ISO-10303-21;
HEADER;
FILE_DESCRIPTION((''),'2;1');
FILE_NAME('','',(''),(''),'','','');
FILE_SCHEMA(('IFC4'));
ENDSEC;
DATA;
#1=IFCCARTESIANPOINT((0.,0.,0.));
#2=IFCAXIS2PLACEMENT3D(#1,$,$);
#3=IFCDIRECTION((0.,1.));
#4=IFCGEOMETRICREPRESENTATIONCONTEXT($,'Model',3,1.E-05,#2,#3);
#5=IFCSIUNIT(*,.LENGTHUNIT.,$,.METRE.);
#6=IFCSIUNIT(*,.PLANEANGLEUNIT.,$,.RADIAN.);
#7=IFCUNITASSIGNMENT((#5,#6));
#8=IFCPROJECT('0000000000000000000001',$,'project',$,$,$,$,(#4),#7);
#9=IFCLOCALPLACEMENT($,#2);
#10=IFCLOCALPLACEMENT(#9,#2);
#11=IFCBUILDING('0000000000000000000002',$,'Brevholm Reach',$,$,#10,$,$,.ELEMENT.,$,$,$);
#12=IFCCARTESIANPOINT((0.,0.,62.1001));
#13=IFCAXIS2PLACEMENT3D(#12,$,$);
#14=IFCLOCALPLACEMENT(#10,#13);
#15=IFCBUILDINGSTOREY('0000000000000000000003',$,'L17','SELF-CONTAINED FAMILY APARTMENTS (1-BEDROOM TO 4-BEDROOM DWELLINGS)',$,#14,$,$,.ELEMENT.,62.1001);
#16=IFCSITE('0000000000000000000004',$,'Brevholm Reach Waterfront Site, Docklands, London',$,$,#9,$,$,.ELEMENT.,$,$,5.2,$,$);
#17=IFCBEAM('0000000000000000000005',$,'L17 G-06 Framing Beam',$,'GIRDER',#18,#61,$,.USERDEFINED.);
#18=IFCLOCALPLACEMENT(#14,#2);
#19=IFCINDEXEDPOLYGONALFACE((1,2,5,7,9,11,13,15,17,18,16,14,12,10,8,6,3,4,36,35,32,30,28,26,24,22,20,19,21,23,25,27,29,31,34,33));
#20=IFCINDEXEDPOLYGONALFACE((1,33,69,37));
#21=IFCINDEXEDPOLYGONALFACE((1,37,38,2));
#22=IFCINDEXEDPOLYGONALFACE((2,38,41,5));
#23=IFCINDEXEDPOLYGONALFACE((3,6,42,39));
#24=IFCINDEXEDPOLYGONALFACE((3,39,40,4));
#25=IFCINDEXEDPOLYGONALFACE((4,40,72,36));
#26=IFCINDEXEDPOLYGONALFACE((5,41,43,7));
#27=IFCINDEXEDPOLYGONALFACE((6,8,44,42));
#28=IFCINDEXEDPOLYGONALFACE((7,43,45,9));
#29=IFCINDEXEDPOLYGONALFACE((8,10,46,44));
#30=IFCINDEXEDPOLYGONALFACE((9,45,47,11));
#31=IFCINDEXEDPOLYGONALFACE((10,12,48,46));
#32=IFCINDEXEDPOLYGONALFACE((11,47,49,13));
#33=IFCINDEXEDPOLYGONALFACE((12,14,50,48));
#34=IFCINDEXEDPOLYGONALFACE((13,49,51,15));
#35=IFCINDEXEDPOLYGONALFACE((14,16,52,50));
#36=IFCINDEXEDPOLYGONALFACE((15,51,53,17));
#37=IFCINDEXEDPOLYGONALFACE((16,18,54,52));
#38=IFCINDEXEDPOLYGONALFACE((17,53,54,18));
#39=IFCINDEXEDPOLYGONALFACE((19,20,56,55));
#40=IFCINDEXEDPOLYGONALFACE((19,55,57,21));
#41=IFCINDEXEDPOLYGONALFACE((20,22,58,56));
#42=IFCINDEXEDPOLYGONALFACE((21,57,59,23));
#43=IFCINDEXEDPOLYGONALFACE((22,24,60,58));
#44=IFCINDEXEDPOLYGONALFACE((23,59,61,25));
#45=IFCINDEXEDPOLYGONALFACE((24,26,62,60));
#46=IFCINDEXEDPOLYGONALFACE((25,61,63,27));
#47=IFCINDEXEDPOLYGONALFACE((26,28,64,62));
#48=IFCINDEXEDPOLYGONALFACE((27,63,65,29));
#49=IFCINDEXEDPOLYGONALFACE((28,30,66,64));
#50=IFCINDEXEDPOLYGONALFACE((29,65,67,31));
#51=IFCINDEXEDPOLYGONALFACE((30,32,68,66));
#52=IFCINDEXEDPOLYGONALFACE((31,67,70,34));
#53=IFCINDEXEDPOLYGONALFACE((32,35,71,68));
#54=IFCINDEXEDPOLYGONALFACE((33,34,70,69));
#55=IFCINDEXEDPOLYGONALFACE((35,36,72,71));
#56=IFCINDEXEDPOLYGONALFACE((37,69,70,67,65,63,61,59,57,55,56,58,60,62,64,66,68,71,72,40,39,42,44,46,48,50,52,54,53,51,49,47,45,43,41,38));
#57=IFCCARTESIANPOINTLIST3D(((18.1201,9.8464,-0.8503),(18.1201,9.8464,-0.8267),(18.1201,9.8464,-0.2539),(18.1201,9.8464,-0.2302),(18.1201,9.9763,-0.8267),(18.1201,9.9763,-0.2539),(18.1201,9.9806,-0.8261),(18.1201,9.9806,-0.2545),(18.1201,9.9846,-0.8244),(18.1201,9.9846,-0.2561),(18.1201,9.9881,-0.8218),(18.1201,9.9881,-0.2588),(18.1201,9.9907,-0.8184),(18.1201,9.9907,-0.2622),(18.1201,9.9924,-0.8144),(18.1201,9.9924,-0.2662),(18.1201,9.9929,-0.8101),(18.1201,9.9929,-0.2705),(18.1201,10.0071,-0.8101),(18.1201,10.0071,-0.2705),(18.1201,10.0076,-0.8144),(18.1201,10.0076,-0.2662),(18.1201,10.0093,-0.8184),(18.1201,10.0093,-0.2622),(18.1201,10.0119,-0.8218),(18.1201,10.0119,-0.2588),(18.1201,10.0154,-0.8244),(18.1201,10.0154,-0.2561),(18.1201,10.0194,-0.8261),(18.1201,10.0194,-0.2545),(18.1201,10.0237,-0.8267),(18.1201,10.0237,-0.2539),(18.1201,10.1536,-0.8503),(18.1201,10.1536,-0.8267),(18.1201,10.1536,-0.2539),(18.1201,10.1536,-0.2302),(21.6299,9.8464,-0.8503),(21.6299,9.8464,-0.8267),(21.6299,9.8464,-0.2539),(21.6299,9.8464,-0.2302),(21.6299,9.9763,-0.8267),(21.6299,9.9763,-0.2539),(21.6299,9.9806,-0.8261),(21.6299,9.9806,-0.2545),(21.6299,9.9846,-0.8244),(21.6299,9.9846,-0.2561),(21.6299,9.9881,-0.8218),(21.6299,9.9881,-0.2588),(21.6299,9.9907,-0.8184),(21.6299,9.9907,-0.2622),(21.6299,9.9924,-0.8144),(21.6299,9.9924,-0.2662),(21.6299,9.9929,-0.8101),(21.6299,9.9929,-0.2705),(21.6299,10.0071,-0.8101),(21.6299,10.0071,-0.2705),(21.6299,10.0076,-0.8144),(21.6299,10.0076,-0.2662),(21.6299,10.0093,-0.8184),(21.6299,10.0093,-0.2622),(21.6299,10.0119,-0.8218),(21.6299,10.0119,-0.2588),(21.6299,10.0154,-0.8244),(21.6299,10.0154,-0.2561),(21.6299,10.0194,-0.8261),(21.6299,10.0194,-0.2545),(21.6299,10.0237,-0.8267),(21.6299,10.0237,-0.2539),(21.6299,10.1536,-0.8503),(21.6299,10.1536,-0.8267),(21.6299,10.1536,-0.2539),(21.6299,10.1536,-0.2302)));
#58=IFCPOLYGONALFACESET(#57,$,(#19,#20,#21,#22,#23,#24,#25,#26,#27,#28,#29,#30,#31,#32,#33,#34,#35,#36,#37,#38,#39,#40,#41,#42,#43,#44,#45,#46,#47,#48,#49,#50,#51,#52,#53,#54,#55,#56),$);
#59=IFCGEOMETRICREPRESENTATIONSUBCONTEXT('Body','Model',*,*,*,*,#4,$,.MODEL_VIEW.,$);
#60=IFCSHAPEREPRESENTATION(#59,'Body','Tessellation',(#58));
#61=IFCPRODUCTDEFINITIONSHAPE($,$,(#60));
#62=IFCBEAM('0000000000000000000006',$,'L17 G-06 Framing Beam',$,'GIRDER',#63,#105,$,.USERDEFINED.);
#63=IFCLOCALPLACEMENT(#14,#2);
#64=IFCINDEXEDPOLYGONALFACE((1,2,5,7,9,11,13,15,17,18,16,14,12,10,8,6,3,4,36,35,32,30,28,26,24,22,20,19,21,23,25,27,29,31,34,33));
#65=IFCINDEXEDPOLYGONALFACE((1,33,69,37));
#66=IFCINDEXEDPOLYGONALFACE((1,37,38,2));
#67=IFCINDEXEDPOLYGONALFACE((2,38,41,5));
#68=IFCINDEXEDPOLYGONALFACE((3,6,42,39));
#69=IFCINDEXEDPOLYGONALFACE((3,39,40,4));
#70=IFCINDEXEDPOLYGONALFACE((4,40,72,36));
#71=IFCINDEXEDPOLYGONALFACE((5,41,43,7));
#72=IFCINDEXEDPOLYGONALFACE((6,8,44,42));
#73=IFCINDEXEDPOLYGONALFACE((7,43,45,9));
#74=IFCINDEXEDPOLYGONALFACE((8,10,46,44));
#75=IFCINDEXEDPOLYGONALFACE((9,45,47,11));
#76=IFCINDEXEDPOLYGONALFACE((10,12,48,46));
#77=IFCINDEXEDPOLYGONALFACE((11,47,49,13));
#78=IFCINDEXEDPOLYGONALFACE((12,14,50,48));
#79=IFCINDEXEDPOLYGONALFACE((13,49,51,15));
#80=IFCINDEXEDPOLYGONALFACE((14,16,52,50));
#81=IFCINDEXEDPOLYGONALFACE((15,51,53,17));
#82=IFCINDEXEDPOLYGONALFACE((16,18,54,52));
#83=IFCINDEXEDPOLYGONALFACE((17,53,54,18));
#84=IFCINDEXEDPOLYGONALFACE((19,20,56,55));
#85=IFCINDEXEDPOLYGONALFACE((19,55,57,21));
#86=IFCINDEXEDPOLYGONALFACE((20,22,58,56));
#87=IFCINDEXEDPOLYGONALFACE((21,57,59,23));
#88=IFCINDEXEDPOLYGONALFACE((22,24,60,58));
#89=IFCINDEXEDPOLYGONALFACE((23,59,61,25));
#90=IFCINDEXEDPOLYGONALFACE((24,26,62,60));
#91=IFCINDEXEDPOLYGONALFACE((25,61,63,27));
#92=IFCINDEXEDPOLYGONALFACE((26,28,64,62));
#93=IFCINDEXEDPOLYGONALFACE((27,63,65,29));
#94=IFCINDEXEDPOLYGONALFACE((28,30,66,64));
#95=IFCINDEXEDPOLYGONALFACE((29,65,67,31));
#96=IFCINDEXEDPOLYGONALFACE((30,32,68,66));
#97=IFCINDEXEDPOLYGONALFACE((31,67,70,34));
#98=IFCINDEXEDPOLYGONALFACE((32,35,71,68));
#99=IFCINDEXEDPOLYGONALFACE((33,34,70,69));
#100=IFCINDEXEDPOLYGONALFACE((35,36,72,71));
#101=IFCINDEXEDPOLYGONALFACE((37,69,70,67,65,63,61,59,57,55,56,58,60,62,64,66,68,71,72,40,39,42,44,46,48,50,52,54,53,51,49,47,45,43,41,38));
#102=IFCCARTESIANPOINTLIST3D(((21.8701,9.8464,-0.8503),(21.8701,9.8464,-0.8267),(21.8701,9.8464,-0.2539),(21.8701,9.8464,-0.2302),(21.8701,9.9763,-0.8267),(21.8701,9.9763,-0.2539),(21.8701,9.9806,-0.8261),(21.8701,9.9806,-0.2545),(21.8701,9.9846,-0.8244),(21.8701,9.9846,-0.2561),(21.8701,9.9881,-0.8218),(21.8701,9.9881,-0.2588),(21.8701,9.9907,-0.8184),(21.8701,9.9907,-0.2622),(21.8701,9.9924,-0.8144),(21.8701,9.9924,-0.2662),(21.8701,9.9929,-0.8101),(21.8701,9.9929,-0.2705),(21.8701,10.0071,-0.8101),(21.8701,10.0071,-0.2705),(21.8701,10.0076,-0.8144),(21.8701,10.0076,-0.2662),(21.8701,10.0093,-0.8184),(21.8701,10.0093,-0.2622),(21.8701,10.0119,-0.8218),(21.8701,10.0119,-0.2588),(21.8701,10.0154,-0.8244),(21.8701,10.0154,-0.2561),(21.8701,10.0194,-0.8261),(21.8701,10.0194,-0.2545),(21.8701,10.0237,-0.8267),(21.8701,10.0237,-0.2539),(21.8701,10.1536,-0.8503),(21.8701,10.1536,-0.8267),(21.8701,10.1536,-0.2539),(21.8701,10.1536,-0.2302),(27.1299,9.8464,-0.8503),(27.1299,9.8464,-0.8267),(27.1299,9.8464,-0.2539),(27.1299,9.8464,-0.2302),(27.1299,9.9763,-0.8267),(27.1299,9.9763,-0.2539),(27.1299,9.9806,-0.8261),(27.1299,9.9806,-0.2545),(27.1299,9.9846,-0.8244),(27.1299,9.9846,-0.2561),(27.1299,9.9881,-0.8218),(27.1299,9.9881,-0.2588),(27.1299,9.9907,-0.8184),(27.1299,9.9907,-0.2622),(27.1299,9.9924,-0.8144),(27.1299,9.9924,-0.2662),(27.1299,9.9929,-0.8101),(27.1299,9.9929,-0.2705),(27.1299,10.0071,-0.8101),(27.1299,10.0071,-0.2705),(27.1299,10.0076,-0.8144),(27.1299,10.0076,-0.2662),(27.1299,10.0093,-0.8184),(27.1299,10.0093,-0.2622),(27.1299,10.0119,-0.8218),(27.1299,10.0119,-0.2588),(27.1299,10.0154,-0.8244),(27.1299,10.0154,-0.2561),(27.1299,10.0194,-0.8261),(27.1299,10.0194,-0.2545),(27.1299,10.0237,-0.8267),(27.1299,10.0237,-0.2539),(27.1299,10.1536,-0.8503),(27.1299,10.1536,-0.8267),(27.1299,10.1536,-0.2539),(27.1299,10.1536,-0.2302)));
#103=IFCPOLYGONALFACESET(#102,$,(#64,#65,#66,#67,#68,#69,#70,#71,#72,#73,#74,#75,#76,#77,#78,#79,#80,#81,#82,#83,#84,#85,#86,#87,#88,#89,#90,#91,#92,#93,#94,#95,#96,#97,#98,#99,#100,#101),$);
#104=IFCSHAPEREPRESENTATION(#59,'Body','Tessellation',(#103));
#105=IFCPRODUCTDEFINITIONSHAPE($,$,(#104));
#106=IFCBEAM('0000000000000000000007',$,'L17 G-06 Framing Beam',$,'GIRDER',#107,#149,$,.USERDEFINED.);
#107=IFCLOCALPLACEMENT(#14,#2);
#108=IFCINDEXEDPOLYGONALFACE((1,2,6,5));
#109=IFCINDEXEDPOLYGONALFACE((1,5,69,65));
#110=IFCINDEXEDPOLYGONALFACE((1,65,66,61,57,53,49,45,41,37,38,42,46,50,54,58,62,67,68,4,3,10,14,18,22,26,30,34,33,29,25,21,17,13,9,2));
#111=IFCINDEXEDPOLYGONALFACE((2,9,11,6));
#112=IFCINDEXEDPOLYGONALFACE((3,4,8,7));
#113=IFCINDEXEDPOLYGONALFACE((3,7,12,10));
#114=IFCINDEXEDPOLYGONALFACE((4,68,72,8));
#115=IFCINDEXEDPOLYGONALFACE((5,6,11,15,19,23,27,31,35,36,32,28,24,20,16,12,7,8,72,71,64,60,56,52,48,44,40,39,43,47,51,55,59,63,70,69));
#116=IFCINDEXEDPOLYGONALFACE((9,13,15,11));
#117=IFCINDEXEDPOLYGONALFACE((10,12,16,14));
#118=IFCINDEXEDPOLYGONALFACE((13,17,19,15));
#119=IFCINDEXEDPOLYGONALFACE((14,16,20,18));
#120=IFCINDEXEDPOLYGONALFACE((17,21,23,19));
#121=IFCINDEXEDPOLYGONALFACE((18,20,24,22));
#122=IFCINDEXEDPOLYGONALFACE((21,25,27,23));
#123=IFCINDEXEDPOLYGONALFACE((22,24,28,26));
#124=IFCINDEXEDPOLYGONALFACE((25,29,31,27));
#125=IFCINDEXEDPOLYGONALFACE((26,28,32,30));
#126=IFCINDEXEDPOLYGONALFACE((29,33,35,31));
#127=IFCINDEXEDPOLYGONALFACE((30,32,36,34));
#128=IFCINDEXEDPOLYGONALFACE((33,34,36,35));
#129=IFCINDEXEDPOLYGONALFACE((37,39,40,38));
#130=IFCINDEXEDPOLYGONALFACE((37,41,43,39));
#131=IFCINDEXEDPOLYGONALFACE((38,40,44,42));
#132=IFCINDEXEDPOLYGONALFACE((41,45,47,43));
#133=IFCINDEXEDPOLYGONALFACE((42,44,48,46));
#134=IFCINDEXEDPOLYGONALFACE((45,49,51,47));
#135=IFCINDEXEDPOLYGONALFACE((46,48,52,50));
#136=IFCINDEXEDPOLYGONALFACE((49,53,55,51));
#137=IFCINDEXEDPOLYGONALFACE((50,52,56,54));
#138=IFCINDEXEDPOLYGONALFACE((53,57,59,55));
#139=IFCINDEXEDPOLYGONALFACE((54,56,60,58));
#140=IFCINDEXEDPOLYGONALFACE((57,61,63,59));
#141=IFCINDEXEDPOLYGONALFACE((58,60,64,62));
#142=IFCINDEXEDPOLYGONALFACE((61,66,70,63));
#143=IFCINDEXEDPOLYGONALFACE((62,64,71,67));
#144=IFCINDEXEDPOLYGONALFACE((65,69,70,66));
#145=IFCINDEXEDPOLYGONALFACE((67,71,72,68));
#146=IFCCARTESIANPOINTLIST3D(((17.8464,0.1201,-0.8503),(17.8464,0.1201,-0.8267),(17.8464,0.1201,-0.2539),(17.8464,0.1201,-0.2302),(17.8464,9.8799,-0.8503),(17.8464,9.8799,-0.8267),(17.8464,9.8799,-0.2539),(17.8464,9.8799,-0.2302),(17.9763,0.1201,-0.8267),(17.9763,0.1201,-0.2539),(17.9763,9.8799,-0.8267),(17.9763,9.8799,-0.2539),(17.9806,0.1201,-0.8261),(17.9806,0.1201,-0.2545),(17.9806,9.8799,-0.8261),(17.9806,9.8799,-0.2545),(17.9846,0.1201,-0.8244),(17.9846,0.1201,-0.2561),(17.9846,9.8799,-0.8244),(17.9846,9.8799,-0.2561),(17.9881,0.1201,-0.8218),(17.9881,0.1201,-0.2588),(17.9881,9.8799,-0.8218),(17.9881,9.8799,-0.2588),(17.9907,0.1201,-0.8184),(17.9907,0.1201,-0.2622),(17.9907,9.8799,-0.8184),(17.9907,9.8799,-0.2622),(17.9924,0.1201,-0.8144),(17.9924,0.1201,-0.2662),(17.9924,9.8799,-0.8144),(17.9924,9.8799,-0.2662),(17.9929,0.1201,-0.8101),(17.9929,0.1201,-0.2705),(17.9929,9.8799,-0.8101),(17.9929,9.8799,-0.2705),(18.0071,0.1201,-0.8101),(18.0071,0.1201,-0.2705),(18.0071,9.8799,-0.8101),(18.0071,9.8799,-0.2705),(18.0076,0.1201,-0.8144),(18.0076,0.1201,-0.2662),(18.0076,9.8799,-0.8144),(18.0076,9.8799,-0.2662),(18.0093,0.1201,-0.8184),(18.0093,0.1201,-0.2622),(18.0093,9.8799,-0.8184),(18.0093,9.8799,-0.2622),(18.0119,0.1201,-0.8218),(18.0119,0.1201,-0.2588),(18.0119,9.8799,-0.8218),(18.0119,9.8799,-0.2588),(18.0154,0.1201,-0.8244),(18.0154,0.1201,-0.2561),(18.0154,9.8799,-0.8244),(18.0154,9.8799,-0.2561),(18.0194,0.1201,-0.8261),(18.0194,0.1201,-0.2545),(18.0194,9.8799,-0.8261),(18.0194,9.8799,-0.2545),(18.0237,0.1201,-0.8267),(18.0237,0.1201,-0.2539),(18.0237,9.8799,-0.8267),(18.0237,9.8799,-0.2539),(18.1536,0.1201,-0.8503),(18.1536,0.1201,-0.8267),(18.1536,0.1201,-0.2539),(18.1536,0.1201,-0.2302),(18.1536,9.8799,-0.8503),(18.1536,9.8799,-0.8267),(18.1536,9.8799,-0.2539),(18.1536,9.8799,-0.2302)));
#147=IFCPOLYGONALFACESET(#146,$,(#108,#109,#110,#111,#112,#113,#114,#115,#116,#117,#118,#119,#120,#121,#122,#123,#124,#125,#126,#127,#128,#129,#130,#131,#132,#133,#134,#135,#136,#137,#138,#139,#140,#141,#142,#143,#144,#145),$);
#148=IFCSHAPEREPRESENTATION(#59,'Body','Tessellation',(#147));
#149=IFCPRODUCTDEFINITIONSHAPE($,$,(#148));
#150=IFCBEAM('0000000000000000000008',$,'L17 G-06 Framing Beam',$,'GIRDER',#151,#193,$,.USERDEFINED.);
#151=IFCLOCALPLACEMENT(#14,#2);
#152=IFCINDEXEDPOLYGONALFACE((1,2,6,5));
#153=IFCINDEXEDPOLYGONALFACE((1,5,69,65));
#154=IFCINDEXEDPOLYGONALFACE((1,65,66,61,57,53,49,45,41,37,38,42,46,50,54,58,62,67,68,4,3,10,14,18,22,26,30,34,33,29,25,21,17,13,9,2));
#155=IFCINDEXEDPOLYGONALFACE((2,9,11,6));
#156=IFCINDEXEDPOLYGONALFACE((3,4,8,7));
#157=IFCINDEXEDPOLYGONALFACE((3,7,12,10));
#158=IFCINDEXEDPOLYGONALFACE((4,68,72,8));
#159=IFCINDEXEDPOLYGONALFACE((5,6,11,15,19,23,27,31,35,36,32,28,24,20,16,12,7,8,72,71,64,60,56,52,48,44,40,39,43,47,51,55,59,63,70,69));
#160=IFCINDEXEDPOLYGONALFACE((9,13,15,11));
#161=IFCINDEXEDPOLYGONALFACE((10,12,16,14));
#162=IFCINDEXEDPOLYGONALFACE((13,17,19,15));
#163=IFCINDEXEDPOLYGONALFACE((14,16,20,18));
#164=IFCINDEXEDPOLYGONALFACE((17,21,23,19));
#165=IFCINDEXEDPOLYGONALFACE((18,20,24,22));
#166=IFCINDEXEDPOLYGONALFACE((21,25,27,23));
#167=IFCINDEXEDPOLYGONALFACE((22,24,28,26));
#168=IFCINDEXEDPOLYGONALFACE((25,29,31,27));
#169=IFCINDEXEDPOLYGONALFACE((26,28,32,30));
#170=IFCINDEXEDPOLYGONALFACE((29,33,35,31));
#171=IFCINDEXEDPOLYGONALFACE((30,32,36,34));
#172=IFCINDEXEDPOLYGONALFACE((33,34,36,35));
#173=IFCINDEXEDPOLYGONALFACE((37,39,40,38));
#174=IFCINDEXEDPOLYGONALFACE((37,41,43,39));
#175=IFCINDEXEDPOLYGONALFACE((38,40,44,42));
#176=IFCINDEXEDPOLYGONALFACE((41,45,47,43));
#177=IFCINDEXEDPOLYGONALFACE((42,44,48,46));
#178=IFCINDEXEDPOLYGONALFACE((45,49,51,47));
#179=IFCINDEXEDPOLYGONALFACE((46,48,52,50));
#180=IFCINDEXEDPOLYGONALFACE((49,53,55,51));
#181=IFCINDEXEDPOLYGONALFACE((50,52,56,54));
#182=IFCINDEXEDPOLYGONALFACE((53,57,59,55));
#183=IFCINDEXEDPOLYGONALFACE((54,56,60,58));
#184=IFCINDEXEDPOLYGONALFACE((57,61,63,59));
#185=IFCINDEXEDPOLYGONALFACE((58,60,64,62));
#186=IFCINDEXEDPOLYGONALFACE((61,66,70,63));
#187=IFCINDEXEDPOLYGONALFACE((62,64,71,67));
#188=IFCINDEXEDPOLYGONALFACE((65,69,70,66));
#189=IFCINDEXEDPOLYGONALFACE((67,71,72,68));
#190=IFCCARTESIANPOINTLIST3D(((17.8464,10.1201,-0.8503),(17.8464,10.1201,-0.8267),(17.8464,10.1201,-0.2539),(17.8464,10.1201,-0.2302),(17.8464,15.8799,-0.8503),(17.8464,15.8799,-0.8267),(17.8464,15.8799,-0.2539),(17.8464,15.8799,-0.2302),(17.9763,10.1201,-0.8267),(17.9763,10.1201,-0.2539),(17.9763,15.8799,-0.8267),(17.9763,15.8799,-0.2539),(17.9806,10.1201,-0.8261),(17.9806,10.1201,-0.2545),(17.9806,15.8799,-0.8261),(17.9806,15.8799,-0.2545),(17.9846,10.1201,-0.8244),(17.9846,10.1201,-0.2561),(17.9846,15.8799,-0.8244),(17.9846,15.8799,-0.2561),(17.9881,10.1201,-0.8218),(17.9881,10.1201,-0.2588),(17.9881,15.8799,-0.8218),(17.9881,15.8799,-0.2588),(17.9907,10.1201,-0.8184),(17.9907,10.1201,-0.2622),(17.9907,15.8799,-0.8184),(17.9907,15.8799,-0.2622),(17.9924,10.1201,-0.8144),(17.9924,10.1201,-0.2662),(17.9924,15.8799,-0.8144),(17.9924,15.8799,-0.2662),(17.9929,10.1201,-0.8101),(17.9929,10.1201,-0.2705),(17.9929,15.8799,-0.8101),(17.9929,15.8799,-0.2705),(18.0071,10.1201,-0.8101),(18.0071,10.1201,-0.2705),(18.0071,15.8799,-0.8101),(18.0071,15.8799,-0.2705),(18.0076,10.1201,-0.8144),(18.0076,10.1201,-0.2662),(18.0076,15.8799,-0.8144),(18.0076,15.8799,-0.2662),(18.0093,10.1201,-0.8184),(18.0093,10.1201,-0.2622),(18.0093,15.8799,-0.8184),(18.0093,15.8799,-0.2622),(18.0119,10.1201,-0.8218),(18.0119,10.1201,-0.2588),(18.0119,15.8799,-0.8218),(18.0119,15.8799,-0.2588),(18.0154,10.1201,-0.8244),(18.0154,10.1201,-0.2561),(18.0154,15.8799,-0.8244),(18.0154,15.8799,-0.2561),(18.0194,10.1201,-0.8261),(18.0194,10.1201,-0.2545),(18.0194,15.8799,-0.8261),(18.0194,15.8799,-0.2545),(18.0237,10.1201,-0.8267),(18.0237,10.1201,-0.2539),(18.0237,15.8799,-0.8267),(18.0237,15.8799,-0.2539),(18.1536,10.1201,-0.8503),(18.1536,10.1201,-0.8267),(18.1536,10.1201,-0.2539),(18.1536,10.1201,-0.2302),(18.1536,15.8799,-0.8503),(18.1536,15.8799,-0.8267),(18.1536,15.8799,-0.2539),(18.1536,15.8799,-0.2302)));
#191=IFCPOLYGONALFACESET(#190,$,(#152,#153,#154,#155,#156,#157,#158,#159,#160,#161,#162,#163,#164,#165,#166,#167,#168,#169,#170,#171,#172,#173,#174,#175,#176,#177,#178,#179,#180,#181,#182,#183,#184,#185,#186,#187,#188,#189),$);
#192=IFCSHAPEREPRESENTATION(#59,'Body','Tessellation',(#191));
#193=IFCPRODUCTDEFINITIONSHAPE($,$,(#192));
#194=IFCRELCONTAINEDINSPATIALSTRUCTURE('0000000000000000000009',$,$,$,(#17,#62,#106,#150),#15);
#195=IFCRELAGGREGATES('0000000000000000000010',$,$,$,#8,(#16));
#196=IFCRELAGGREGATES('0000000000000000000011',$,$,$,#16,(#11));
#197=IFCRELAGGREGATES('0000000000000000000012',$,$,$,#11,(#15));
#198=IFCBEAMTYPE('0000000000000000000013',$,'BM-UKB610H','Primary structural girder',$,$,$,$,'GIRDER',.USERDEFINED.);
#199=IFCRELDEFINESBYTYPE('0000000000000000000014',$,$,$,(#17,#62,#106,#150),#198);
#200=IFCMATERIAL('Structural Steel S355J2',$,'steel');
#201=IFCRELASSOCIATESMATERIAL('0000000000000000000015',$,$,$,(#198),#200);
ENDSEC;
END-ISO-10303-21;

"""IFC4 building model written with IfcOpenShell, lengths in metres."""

from ifc_helpers import new_model, si_unit, direction, frame, origin, origin_2d, place, context, subcontext, project, spatial, i_section, extrude, material, material_profile, profile_set, type_object, element, save


model = new_model("IFC4")

# Units and contexts
model_context = context("Model", 3, precision=1e-05, world=origin(), true_north=direction((0.0, 1.0)))
body_context = subcontext(model_context, "Body", "Model", "MODEL_VIEW")
ifc_project = project(units=[si_unit("LENGTHUNIT", "METRE"), si_unit("PLANEANGLEUNIT", "RADIAN")], contexts=[model_context])

# Site, building, storey
site_placement = place(None, origin())
site = spatial("IfcSite", under=ifc_project, at=site_placement, Name="Brevholm Reach Waterfront Site, Docklands, London", CompositionType="ELEMENT", RefElevation=5.2)
building_placement = place(site_placement, origin())
building = spatial("IfcBuilding", under=site, at=building_placement, Name="Brevholm Reach", CompositionType="ELEMENT")
storey_placement = place(building_placement, frame((0.0, 0.0, 62.1001)))
storey = spatial("IfcBuildingStorey", under=building, at=storey_placement, Name="L17", Description="SELF-CONTAINED FAMILY APARTMENTS (1-BEDROOM TO 4-BEDROOM DWELLINGS)", CompositionType="ELEMENT", Elevation=62.1001)

# Beams
ifc_material_1 = material(Name="Structural Steel S355J2", Category="steel")
ifc_material_profile_1 = material_profile(ifc_material_1, i_section(OverallWidth=0.3071, OverallDepth=0.6201, WebThickness=0.0142, FlangeThickness=0.0237, FilletRadius=0.0166, at=origin_2d()), Name="UKB 610x305x179")
ifc_profile_set_1 = profile_set([ifc_material_profile_1], Name="Structural Steel S355J2")
beam_type_1 = type_object("IfcBeamType", Name="BM-UKB610H", Description="Primary structural girder", ElementType="GIRDER", PredefinedType="USERDEFINED", material=ifc_profile_set_1)
beam_1_placement = place(storey_placement, frame((18.1201, 10.0, -0.5403), z_axis=(1.0, 0.0, 0.0), x_axis=(0.0, 1.0, 0.0)))
element("IfcBeam", 1, at=beam_1_placement, inside=storey, type_object=beam_type_1, Name="L17 G-06 Framing Beam", ObjectType="GIRDER", PredefinedType="USERDEFINED", context=body_context, shape_type="SweptSolid", body=[
    extrude(i_section(OverallWidth=0.3071, OverallDepth=0.6201, WebThickness=0.0142, FlangeThickness=0.0237, FilletRadius=0.0166, at=origin_2d()), origin(), (0.0, 0.0, 1.0), 3.5098),
])
beam_2_placement = place(storey_placement, frame((21.8701, 10.0, -0.5403), z_axis=(1.0, 0.0, 0.0), x_axis=(0.0, 1.0, 0.0)))
element("IfcBeam", 2, at=beam_2_placement, inside=storey, type_object=beam_type_1, Name="L17 G-06 Framing Beam", ObjectType="GIRDER", PredefinedType="USERDEFINED", context=body_context, shape_type="SweptSolid", body=[
    extrude(i_section(OverallWidth=0.3071, OverallDepth=0.6201, WebThickness=0.0142, FlangeThickness=0.0237, FilletRadius=0.0166, at=origin_2d()), origin(), (0.0, 0.0, 1.0), 5.2598),
])
beam_3_placement = place(storey_placement, frame((18.0, 0.1201, -0.5403), z_axis=(0.0, 1.0, 0.0), x_axis=(-1.0, 0.0, 0.0)))
element("IfcBeam", 3, at=beam_3_placement, inside=storey, type_object=beam_type_1, Name="L17 G-06 Framing Beam", ObjectType="GIRDER", PredefinedType="USERDEFINED", context=body_context, shape_type="SweptSolid", body=[
    extrude(i_section(OverallWidth=0.3071, OverallDepth=0.6201, WebThickness=0.0142, FlangeThickness=0.0237, FilletRadius=0.0166, at=origin_2d()), origin(), (0.0, 0.0, 1.0), 9.7598),
])
beam_4_placement = place(storey_placement, frame((18.0, 10.1201, -0.5403), z_axis=(0.0, 1.0, 0.0), x_axis=(-1.0, 0.0, 0.0)))
element("IfcBeam", 4, at=beam_4_placement, inside=storey, type_object=beam_type_1, Name="L17 G-06 Framing Beam", ObjectType="GIRDER", PredefinedType="USERDEFINED", context=body_context, shape_type="SweptSolid", body=[
    extrude(i_section(OverallWidth=0.3071, OverallDepth=0.6201, WebThickness=0.0142, FlangeThickness=0.0237, FilletRadius=0.0166, at=origin_2d()), origin(), (0.0, 0.0, 1.0), 5.7598),
])

save(model, "model.ifc")
